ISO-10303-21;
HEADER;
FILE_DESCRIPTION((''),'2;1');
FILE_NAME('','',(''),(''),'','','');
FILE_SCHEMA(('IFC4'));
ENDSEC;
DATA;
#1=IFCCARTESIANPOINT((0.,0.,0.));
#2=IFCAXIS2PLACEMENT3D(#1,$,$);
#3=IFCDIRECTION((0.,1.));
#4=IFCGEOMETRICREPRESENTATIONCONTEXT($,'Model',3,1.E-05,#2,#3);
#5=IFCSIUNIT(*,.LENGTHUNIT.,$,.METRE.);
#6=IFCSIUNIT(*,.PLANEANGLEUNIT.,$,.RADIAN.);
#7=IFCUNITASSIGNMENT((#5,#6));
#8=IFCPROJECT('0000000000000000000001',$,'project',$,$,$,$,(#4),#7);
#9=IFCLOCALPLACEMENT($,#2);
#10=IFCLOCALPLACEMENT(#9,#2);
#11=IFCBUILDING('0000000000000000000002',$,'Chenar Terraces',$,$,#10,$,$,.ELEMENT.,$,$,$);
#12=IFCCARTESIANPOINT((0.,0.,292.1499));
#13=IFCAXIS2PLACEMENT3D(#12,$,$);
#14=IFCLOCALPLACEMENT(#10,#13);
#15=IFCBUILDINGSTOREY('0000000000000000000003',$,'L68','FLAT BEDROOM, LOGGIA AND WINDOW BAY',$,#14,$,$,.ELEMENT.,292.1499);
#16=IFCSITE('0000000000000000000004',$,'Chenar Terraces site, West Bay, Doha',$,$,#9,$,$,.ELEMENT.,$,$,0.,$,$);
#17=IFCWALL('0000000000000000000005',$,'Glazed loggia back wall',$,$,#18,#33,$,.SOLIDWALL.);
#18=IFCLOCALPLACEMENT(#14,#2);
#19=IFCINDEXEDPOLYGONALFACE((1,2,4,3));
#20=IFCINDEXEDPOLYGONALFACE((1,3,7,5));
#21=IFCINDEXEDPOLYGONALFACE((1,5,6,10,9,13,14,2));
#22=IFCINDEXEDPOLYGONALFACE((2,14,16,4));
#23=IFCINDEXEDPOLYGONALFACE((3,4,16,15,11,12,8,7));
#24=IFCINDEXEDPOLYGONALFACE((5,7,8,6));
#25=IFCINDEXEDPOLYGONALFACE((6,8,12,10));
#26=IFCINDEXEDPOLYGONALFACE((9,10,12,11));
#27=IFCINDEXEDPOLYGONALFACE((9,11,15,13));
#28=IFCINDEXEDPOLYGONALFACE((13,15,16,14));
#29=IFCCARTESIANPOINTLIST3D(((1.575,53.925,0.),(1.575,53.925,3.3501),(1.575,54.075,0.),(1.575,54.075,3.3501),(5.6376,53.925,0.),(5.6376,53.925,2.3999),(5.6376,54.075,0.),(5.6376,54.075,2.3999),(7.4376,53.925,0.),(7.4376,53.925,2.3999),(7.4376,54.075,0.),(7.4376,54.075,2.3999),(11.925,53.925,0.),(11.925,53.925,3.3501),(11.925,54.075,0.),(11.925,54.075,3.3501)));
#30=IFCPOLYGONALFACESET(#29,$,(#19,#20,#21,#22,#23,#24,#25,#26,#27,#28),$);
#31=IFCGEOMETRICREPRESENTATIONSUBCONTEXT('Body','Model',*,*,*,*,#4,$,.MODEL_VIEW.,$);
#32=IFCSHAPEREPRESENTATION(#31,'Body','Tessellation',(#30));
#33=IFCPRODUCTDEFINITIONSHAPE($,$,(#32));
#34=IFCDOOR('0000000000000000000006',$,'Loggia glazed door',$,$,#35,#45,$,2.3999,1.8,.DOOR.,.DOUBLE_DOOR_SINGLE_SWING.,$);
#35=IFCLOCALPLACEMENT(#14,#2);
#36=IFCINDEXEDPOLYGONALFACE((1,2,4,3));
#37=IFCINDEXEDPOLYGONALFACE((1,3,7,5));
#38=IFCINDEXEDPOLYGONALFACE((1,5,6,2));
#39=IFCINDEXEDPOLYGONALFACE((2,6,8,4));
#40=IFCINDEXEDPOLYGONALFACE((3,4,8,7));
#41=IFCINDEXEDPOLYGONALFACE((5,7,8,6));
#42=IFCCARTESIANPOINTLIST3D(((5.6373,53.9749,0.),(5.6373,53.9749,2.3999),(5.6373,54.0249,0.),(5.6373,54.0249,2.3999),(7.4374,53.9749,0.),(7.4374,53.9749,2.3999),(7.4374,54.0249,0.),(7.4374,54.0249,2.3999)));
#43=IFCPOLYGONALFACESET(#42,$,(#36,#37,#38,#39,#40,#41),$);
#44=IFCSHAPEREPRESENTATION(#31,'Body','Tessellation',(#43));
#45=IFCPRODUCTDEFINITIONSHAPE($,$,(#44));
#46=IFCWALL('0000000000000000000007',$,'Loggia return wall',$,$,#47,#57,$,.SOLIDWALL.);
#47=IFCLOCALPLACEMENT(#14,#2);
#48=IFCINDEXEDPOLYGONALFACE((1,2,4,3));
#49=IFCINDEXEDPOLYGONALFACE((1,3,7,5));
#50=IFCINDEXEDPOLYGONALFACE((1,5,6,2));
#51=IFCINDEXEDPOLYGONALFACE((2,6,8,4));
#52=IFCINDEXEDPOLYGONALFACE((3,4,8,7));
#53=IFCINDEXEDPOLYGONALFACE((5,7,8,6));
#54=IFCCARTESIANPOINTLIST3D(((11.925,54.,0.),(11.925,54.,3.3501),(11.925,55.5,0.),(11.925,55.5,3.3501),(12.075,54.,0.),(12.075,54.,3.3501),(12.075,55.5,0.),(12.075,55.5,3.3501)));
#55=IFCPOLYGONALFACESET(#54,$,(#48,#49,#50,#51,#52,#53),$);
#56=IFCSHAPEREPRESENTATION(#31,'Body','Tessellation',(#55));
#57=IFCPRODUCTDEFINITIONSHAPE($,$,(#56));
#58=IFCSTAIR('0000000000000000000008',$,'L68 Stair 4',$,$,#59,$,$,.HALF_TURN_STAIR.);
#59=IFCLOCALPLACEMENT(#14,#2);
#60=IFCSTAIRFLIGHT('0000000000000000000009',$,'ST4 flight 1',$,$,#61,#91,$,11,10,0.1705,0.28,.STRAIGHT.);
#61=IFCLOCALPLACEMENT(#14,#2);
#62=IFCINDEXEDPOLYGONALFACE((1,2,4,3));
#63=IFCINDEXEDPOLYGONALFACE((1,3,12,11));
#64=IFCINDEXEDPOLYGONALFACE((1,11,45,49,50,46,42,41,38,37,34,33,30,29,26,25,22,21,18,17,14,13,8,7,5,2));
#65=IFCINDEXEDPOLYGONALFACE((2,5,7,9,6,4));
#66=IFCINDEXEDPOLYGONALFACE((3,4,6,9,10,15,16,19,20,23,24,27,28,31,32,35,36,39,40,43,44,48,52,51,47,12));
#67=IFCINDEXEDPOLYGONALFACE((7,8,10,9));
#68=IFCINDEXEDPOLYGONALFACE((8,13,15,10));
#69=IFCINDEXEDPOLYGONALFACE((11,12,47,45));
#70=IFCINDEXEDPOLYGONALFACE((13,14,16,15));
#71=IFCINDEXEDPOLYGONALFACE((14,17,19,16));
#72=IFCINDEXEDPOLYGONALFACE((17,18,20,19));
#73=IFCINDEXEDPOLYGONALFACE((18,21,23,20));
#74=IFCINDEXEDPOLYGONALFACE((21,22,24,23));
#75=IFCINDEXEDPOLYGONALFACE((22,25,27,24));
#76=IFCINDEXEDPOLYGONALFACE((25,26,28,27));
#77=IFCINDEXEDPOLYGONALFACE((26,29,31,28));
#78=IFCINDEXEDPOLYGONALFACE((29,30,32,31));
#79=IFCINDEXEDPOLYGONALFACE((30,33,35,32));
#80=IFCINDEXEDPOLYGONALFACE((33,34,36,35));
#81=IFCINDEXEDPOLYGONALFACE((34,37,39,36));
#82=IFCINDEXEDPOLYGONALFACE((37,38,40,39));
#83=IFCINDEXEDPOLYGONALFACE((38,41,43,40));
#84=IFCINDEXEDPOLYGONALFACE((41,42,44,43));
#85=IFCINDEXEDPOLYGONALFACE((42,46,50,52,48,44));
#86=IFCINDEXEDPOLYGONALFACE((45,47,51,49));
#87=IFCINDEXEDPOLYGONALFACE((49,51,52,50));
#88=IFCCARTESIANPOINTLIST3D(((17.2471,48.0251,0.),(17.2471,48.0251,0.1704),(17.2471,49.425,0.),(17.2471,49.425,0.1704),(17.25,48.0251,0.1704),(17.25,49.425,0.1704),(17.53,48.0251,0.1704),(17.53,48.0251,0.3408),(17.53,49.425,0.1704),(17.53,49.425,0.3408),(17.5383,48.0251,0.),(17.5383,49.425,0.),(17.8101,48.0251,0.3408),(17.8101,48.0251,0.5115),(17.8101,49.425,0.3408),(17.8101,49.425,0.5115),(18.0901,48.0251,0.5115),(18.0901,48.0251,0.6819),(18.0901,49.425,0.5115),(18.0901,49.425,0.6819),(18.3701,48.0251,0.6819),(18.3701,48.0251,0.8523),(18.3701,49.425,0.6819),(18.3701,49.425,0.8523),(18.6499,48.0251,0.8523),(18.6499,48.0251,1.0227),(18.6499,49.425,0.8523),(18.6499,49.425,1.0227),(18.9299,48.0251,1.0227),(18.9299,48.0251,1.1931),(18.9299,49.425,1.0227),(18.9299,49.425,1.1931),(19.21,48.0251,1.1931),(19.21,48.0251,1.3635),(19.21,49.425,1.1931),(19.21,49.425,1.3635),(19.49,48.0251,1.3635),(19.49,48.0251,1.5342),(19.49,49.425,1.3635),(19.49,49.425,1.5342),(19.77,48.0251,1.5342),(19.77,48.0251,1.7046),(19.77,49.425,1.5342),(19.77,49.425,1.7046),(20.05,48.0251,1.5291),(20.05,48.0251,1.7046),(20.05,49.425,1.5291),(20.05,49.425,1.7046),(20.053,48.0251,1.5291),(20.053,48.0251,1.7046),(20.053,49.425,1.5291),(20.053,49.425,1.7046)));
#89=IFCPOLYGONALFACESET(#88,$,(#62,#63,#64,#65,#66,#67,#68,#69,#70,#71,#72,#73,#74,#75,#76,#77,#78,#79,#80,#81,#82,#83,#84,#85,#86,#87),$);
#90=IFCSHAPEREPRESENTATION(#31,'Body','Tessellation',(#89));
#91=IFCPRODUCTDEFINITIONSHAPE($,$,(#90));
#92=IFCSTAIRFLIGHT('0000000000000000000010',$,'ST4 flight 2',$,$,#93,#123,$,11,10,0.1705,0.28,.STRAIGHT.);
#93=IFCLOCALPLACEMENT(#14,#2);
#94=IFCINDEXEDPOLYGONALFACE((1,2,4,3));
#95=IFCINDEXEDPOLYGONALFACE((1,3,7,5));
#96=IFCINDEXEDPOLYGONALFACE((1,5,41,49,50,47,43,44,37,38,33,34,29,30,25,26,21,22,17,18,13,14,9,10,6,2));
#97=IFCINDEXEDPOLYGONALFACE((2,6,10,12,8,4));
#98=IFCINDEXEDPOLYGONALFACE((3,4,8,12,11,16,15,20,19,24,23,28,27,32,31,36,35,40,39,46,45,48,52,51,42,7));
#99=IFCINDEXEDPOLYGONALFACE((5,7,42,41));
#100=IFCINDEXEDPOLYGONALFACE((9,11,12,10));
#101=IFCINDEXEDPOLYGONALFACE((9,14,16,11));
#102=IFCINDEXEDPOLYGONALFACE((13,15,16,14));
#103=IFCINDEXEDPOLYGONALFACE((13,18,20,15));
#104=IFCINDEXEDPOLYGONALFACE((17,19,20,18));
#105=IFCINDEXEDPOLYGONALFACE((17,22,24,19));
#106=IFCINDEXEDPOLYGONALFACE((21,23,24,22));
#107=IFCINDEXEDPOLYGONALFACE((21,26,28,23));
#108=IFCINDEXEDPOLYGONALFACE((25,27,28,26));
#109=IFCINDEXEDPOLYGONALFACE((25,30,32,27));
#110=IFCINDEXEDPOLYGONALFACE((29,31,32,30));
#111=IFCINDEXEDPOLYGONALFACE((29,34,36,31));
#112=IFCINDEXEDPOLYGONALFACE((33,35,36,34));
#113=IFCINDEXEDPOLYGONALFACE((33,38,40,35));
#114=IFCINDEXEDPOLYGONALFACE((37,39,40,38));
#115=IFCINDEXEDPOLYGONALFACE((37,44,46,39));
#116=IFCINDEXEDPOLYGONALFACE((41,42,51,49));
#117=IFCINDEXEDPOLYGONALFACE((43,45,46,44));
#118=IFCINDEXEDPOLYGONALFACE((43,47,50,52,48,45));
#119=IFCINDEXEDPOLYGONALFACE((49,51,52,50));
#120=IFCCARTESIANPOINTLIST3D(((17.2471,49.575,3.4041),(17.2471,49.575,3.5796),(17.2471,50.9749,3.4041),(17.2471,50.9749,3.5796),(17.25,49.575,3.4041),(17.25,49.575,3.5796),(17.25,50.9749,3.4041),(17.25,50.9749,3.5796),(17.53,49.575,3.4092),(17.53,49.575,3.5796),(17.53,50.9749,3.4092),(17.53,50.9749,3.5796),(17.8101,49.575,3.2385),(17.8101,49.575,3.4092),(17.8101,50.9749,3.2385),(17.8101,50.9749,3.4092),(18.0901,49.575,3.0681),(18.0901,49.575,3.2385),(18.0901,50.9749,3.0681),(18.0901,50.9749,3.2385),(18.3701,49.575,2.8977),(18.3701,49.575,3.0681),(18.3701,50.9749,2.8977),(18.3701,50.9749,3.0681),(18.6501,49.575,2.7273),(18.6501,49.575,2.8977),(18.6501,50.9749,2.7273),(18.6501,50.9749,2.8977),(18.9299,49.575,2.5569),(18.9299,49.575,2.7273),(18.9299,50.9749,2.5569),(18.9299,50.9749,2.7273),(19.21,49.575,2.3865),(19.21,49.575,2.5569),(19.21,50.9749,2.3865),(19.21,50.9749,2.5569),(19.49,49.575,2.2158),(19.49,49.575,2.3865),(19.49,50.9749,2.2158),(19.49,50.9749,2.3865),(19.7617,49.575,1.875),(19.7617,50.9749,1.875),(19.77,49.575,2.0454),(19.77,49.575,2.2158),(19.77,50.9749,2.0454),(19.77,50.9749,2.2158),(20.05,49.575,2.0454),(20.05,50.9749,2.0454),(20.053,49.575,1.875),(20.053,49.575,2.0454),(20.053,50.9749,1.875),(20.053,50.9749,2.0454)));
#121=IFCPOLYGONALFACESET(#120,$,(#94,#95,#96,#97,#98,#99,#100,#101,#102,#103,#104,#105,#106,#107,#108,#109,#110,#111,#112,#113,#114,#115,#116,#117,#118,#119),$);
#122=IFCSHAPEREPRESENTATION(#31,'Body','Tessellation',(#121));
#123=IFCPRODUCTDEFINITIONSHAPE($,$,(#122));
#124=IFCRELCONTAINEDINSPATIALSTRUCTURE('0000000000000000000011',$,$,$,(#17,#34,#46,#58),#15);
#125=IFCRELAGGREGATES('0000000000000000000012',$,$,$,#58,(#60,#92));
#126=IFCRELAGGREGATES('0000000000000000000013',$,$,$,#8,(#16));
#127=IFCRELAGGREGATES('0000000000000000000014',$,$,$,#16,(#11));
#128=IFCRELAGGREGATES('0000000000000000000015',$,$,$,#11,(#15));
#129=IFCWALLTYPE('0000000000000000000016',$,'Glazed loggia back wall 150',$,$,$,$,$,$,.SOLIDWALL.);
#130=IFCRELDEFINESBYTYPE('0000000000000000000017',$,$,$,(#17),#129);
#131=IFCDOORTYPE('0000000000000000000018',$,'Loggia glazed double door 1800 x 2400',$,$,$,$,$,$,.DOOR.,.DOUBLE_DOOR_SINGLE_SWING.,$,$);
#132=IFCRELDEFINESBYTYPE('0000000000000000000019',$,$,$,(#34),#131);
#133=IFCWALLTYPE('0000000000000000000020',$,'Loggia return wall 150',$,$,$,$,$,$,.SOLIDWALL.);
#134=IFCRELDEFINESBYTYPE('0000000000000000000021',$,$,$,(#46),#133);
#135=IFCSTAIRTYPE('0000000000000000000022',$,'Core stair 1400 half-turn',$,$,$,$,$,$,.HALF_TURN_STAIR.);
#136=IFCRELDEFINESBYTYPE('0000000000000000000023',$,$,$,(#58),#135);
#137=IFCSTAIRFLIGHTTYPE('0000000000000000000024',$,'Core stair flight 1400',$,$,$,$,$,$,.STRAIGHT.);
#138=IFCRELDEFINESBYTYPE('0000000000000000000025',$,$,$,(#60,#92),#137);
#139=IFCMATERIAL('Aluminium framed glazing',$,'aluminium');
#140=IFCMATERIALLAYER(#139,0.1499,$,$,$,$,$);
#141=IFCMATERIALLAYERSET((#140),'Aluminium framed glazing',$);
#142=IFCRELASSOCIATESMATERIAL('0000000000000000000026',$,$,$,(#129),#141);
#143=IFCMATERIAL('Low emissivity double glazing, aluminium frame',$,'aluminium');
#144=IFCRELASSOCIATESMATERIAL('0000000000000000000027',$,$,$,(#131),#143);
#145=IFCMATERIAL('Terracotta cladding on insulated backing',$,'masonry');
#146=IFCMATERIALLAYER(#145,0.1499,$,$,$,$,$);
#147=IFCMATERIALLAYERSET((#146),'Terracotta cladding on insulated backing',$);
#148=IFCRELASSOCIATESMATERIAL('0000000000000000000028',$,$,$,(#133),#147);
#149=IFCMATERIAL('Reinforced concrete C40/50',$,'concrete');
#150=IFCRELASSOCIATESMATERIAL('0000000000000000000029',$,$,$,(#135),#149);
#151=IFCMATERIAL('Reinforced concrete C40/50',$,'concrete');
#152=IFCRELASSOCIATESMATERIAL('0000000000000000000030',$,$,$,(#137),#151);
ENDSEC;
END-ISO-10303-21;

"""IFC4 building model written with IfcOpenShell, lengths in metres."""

from ifc_helpers import new_model, si_unit, direction, frame, frame_2d, origin, place, context, subcontext, project, spatial, polyline, rectangle, outline, extrude, material, layer, layer_set, type_object, element, fill, aggregate, save


model = new_model("IFC4")

# Units and contexts
model_context = context("Model", 3, precision=1e-05, world=origin(), true_north=direction((0.0, 1.0)))
body_context = subcontext(model_context, "Body", "Model", "MODEL_VIEW")
ifc_project = project(units=[si_unit("LENGTHUNIT", "METRE"), si_unit("PLANEANGLEUNIT", "RADIAN")], contexts=[model_context])

# Site, building, storey
site_placement = place(None, origin())
site = spatial("IfcSite", under=ifc_project, at=site_placement, Name="Chenar Terraces site, West Bay, Doha", CompositionType="ELEMENT", RefElevation=0.0)
building_placement = place(site_placement, origin())
building = spatial("IfcBuilding", under=site, at=building_placement, Name="Chenar Terraces", CompositionType="ELEMENT")
storey_placement = place(building_placement, frame((0.0, 0.0, 292.1499)))
storey = spatial("IfcBuildingStorey", under=building, at=storey_placement, Name="L68", Description="FLAT BEDROOM, LOGGIA AND WINDOW BAY", CompositionType="ELEMENT", Elevation=292.1499)

# Shared definitions
ifc_material_1 = material(Name="Aluminium framed glazing", Category="aluminium")
ifc_layer_1 = layer(ifc_material_1, 0.1499)
ifc_layer_set_1 = layer_set([ifc_layer_1], Name="Aluminium framed glazing")
wall_type_1 = type_object("IfcWallType", Name="Glazed loggia back wall 150", PredefinedType="SOLIDWALL", material=ifc_layer_set_1)

# Wall, opening, door
wall_1_placement = place(storey_placement, frame((11.925, 54.0, 0.0), z_axis=(0.0, 0.0, 1.0), x_axis=(-1.0, 0.0, 0.0)))
wall_1 = element("IfcWall", 1, at=wall_1_placement, inside=storey, type_object=wall_type_1, Name="Glazed loggia back wall", PredefinedType="SOLIDWALL", context=body_context, shape_type="SweptSolid", body=[
    extrude(rectangle(XDim=10.3501, YDim=0.1499, at=frame_2d((5.175, 0.0))), origin(), (0.0, 0.0, 1.0), 3.3501),
])
opening_1_placement = place(wall_1_placement, frame((4.4875, 0.0, 0.0)))
opening_1 = element("IfcOpeningElement", 2, at=opening_1_placement, cuts=wall_1, PredefinedType="OPENING", context=body_context, shape_type="SweptSolid", body=[
    extrude(rectangle(XDim=1.8, YDim=2.3999, at=frame_2d((0.8999, 1.2))), frame((0.0, 0.085, 0.0), z_axis=(0.0, -1.0, 0.0), x_axis=(1.0, 0.0, 0.0)), (0.0, 0.0, 1.0), 0.1699),
])
ifc_material_2 = material(Name="Low emissivity double glazing, aluminium frame", Category="aluminium")
door_type_1 = type_object("IfcDoorType", Name="Loggia glazed double door 1800 x 2400", OperationType="DOUBLE_DOOR_SINGLE_SWING", PredefinedType="DOOR", material=ifc_material_2)
door_1_placement = place(opening_1_placement, frame((1.8, 0.0, 0.0), z_axis=(0.0, 0.0, 1.0), x_axis=(-1.0, 0.0, 0.0)))
door_1 = element("IfcDoor", 3, at=door_1_placement, inside=storey, type_object=door_type_1, Name="Loggia glazed door", OperationType="DOUBLE_DOOR_SINGLE_SWING", OverallHeight=2.3999, OverallWidth=1.8, PredefinedType="DOOR", context=body_context, shape_type="SweptSolid", body=[
    extrude(rectangle(XDim=1.8, YDim=2.3999, at=frame_2d((0.8999, 1.2))), frame((0.0, 0.0249, 0.0), z_axis=(0.0, -1.0, 0.0), x_axis=(1.0, 0.0, 0.0)), (0.0, 0.0, 1.0), 0.05),
])
fill(opening_1, door_1)

# Wall
ifc_material_3 = material(Name="Terracotta cladding on insulated backing", Category="masonry")
ifc_layer_2 = layer(ifc_material_3, 0.1499)
ifc_layer_set_2 = layer_set([ifc_layer_2], Name="Terracotta cladding on insulated backing")
wall_type_2 = type_object("IfcWallType", Name="Loggia return wall 150", PredefinedType="SOLIDWALL", material=ifc_layer_set_2)
wall_2_placement = place(storey_placement, frame((12.0, 55.5, 0.0), z_axis=(0.0, 0.0, 1.0), x_axis=(0.0, -1.0, 0.0)))
element("IfcWall", 4, at=wall_2_placement, inside=storey, type_object=wall_type_2, Name="Loggia return wall", PredefinedType="SOLIDWALL", context=body_context, shape_type="SweptSolid", body=[
    extrude(rectangle(XDim=1.5, YDim=0.1499, at=frame_2d((0.75, 0.0))), origin(), (0.0, 0.0, 1.0), 3.3501),
])

# Stair, stair flights
ifc_material_4 = material(Name="Reinforced concrete C40/50", Category="concrete")
stair_type = type_object("IfcStairType", Name="Core stair 1400 half-turn", PredefinedType="HALF_TURN_STAIR", material=ifc_material_4)
stair_placement = place(storey_placement, origin())
stair = element("IfcStair", 5, at=stair_placement, inside=storey, type_object=stair_type, Name="L68 Stair 4", PredefinedType="HALF_TURN_STAIR")
ifc_material_5 = material(Name="Reinforced concrete C40/50", Category="concrete")
stair_flight_type = type_object("IfcStairFlightType", Name="Core stair flight 1400", PredefinedType="STRAIGHT", material=ifc_material_5)
stair_flight_1_placement = place(storey_placement, frame((17.25, 48.7251, 0.0), z_axis=(0.0, 0.0, 1.0), x_axis=(1.0, 0.0, 0.0)))
stair_flight_1 = element("IfcStairFlight", 6, at=stair_flight_1_placement, type_object=stair_flight_type, Name="ST4 flight 1", NumberOfRisers=11, NumberOfTreads=10, PredefinedType="STRAIGHT", RiserHeight=0.1705, TreadLength=0.28, context=body_context, shape_type="SweptSolid", body=[
    extrude(outline(polyline([(-0.0029, 0.0), (-0.0029, 0.1704), (0.0, 0.1704), (0.28, 0.1704), (0.28, 0.3408), (0.5601, 0.3408), (0.5601, 0.5115), (0.8401, 0.5115), (0.8401, 0.6819), (1.1201, 0.6819), (1.1201, 0.8523), (1.3999, 0.8523), (1.3999, 1.0227), (1.6799, 1.0227), (1.6799, 1.1931), (1.96, 1.1931), (1.96, 1.3635), (2.24, 1.3635), (2.24, 1.5342), (2.52, 1.5342), (2.52, 1.7046), (2.8, 1.7046), (2.803, 1.7046), (2.803, 1.5291), (2.8, 1.5291), (0.2883, 0.0), (-0.0029, 0.0)])), frame((0.0, 0.7, 0.0), z_axis=(0.0, -1.0, 0.0), x_axis=(1.0, 0.0, 0.0)), (0.0, 0.0, 1.0), 1.3999),
])
stair_flight_2_placement = place(storey_placement, frame((20.05, 50.2749, 1.875), z_axis=(0.0, 0.0, 1.0), x_axis=(-1.0, 0.0, 0.0)))
stair_flight_2 = element("IfcStairFlight", 7, at=stair_flight_2_placement, type_object=stair_flight_type, Name="ST4 flight 2", NumberOfRisers=11, NumberOfTreads=10, PredefinedType="STRAIGHT", RiserHeight=0.1705, TreadLength=0.28, context=body_context, shape_type="SweptSolid", body=[
    extrude(outline(polyline([(-0.0029, 0.0), (-0.0029, 0.1704), (0.0, 0.1704), (0.28, 0.1704), (0.28, 0.3408), (0.5601, 0.3408), (0.5601, 0.5115), (0.8401, 0.5115), (0.8401, 0.6819), (1.1201, 0.6819), (1.1201, 0.8523), (1.3999, 0.8523), (1.3999, 1.0227), (1.6799, 1.0227), (1.6799, 1.1931), (1.96, 1.1931), (1.96, 1.3635), (2.24, 1.3635), (2.24, 1.5342), (2.52, 1.5342), (2.52, 1.7046), (2.8, 1.7046), (2.803, 1.7046), (2.803, 1.5291), (2.8, 1.5291), (0.2883, 0.0), (-0.0029, 0.0)])), frame((0.0, 0.7, 0.0), z_axis=(0.0, -1.0, 0.0), x_axis=(1.0, 0.0, 0.0)), (0.0, 0.0, 1.0), 1.3999),
])
aggregate(stair, [stair_flight_1, stair_flight_2])

save(model, "model.ifc")
